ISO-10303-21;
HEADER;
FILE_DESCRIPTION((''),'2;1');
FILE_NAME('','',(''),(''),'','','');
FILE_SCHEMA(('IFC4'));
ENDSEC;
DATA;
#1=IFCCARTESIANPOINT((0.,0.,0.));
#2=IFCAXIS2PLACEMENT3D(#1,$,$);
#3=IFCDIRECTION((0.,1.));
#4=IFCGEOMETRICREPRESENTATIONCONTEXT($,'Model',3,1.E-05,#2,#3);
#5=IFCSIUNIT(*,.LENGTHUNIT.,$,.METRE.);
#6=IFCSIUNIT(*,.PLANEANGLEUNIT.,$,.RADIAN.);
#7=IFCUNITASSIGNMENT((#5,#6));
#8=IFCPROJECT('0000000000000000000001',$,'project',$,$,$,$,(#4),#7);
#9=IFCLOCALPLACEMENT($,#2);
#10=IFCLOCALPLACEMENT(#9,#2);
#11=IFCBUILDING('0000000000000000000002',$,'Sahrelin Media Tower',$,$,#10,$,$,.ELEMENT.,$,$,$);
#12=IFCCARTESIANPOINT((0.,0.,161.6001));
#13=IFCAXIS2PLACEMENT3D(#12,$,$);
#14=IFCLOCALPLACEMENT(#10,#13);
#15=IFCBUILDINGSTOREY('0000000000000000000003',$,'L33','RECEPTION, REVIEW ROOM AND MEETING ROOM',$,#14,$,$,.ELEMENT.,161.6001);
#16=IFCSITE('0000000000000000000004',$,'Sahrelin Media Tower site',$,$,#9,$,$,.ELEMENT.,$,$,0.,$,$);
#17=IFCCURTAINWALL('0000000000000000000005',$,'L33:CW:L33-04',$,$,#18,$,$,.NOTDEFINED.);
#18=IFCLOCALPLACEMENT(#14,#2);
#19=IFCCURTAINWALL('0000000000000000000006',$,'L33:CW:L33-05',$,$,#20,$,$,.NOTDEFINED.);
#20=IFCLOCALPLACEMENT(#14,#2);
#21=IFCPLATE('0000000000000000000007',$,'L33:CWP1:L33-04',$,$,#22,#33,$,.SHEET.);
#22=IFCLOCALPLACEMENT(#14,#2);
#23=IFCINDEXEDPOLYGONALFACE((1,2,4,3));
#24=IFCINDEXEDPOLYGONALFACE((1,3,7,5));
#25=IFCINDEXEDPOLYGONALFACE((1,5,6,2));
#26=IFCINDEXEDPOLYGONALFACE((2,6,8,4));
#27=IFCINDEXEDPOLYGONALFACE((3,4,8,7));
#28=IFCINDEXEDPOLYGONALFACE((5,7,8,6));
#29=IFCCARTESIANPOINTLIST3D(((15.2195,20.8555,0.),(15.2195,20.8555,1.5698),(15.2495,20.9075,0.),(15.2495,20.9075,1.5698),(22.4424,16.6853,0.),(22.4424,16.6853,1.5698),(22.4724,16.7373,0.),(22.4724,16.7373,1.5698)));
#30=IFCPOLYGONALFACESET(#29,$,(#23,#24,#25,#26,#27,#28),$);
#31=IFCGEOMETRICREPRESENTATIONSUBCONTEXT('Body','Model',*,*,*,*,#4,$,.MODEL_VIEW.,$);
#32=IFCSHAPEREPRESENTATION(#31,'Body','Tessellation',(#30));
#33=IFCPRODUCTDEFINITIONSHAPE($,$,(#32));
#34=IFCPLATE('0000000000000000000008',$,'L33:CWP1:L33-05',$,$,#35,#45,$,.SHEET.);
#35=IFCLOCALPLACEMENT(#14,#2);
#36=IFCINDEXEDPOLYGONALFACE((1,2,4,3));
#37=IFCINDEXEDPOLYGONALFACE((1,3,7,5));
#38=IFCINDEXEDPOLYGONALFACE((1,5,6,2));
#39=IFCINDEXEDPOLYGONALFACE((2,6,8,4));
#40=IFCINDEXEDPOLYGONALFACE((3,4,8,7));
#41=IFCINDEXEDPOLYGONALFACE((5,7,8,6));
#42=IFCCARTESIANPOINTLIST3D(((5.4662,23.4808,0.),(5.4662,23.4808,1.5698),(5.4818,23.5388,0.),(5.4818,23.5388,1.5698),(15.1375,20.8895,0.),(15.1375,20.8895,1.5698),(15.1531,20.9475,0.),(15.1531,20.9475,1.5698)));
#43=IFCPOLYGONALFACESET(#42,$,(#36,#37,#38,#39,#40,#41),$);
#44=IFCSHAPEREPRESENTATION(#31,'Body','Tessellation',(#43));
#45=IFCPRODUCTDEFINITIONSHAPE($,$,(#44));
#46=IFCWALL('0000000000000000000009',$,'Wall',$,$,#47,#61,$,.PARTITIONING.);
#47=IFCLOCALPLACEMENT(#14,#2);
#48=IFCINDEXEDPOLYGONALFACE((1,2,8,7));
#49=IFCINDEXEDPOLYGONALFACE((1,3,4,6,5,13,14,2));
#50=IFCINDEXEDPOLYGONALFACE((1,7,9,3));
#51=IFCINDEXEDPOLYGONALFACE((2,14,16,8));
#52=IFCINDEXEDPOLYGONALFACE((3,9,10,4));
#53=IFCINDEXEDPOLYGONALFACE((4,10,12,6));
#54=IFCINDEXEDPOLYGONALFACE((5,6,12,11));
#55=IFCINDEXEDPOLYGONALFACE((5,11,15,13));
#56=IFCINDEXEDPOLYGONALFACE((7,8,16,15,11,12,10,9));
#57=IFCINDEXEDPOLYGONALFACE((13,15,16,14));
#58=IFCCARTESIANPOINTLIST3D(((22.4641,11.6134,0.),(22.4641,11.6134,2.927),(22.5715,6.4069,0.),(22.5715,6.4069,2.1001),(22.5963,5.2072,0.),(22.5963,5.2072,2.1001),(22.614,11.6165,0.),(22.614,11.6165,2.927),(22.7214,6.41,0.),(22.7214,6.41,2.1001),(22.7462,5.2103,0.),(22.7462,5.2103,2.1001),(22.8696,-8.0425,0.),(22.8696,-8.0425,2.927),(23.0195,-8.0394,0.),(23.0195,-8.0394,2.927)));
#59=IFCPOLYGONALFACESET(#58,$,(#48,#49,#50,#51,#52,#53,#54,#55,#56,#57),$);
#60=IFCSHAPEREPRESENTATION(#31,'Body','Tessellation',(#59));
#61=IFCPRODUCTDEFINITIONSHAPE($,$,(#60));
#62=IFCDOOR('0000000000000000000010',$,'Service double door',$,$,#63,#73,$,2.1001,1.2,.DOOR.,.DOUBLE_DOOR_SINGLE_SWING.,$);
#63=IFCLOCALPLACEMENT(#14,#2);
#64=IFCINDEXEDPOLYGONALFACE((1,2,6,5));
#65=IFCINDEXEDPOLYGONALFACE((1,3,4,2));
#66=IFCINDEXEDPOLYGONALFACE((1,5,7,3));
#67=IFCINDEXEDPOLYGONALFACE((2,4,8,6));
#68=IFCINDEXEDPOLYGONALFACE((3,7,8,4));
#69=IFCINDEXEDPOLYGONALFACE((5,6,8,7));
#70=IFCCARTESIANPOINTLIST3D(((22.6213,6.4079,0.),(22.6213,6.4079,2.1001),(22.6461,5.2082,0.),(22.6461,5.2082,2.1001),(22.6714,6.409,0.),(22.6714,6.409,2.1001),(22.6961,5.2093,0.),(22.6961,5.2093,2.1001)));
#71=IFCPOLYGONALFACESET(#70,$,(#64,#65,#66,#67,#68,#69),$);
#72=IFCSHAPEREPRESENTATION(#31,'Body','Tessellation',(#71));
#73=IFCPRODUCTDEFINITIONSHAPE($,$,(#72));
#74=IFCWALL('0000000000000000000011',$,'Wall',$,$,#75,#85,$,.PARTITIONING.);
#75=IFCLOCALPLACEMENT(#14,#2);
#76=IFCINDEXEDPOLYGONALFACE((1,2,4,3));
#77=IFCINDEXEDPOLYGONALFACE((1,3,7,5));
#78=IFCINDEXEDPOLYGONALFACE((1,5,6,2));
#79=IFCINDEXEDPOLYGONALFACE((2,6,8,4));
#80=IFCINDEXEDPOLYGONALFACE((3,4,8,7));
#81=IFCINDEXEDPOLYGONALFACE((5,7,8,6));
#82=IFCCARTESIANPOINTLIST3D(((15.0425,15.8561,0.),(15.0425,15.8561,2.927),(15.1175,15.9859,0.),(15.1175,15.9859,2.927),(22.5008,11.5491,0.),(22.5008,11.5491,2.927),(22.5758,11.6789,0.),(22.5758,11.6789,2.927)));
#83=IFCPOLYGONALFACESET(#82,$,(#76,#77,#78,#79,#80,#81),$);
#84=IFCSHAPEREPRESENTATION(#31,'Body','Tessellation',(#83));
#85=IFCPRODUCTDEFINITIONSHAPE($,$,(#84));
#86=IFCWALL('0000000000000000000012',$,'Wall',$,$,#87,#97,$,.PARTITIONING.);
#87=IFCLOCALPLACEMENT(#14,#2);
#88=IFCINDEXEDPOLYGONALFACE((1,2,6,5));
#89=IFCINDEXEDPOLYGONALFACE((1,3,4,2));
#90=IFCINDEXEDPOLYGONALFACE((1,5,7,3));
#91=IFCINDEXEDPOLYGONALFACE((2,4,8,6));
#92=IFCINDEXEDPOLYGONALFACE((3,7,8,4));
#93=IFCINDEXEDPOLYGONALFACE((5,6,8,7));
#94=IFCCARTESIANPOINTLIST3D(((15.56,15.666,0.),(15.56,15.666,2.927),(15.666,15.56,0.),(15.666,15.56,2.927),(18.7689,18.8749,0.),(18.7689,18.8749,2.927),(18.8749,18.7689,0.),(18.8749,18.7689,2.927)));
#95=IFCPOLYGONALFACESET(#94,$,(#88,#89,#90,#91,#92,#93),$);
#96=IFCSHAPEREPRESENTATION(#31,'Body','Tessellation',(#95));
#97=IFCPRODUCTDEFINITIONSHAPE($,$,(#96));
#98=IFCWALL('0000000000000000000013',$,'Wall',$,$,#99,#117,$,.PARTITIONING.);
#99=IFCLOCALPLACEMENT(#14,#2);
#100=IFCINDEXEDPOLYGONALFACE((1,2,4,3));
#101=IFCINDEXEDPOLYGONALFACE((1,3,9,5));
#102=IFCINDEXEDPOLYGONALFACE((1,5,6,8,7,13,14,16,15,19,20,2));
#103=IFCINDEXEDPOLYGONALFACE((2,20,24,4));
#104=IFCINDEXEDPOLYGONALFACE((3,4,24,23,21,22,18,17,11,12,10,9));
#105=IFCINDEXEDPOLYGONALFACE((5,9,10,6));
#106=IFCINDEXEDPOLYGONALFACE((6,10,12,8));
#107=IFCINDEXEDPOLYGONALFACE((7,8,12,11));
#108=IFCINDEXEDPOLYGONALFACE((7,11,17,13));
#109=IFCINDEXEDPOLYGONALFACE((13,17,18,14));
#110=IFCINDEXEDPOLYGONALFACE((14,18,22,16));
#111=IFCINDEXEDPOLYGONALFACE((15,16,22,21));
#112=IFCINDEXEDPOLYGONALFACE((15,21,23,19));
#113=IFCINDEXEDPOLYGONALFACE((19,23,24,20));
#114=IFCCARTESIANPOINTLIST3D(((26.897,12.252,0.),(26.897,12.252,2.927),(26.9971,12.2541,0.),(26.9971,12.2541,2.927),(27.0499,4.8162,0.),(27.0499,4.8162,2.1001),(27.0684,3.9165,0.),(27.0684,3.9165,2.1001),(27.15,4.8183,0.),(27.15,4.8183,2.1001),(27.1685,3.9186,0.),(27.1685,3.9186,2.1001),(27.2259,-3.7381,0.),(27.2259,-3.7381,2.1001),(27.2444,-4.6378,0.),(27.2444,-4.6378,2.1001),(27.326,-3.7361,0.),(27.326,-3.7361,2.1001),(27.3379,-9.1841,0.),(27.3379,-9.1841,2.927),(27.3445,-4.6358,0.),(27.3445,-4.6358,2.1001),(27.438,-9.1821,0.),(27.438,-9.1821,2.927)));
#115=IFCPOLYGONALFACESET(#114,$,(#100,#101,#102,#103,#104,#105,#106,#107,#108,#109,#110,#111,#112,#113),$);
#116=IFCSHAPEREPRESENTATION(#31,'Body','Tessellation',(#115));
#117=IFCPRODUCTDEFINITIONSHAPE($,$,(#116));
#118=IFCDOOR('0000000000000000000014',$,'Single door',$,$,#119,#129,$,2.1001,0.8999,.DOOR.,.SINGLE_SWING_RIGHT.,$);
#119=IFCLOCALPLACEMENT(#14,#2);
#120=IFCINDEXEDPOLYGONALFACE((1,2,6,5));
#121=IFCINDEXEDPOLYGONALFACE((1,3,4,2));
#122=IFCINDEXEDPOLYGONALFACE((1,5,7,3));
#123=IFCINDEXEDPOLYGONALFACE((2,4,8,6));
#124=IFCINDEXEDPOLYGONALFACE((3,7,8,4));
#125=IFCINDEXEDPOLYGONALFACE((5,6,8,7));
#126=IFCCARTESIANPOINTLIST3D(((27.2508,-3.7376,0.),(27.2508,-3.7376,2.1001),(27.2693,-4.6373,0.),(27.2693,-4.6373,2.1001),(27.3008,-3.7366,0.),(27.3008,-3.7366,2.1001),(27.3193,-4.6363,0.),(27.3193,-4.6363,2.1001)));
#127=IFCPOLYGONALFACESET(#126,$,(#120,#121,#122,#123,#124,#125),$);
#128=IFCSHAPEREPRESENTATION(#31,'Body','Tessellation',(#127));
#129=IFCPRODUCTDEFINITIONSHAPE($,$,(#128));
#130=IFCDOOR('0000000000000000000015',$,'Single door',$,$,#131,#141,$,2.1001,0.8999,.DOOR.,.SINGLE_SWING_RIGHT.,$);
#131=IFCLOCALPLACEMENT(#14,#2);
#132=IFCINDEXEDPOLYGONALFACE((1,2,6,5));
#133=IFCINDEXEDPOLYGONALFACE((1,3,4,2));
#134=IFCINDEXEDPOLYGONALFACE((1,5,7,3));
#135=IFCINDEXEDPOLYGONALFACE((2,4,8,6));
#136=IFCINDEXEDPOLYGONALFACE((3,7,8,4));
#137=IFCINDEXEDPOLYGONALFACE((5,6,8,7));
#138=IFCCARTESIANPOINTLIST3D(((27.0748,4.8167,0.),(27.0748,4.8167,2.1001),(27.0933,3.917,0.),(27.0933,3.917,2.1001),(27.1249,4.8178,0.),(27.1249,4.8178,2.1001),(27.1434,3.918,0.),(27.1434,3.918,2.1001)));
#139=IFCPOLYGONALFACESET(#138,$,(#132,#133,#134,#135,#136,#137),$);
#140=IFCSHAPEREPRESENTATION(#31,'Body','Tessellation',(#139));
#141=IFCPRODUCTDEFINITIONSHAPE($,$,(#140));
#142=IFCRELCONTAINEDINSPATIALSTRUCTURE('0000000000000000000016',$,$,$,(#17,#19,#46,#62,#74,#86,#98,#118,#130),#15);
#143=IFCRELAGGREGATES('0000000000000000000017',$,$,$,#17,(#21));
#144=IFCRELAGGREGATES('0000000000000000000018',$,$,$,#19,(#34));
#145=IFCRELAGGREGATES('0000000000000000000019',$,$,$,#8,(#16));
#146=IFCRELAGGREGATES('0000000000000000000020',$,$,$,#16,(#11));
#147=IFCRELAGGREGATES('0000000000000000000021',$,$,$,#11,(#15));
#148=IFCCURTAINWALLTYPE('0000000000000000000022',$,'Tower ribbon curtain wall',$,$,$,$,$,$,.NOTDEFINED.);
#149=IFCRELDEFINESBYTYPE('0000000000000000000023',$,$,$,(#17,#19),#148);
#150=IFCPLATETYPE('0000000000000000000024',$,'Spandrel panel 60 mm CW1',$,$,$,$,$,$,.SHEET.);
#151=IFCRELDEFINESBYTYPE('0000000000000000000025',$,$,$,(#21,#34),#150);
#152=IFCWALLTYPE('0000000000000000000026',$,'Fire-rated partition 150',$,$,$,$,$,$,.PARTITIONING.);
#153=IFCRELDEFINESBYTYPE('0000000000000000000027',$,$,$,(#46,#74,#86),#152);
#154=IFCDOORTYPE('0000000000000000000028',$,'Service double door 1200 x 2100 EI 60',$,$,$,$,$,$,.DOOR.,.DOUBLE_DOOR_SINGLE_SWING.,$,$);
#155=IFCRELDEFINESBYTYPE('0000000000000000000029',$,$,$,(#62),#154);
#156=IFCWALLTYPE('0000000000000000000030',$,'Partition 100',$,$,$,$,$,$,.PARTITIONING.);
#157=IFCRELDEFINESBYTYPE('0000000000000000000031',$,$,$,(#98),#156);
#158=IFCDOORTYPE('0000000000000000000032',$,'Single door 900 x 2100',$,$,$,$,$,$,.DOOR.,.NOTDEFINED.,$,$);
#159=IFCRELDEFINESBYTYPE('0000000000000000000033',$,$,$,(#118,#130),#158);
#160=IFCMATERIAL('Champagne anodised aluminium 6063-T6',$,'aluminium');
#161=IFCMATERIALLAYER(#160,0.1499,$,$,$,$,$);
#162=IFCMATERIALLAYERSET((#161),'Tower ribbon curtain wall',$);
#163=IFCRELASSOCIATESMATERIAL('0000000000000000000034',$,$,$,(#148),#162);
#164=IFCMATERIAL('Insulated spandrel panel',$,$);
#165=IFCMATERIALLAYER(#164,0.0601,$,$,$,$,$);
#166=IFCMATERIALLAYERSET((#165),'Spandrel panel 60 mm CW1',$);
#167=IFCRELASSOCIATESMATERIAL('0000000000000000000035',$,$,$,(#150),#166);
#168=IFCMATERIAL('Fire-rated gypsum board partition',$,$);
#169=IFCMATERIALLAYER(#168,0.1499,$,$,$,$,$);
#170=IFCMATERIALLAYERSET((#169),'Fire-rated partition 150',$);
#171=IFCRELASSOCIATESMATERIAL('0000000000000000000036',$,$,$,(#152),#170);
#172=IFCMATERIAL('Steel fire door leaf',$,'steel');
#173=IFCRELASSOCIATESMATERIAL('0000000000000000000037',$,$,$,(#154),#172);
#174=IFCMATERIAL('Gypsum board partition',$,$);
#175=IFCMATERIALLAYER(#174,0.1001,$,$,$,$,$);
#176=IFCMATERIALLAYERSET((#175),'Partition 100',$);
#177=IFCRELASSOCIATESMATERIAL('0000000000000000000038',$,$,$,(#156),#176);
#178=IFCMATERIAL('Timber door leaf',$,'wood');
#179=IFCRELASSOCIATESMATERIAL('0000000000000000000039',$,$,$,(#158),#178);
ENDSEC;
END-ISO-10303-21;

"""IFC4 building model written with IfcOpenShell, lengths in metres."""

from ifc_helpers import new_model, si_unit, direction, frame, frame_2d, origin, place, context, subcontext, project, spatial, polyline, rectangle, outline, extrude, material, layer, layer_set, type_object, element, fill, aggregate, save


model = new_model("IFC4")

# Units and contexts
model_context = context("Model", 3, precision=1e-05, world=origin(), true_north=direction((0.0, 1.0)))
body_context = subcontext(model_context, "Body", "Model", "MODEL_VIEW")
ifc_project = project(units=[si_unit("LENGTHUNIT", "METRE"), si_unit("PLANEANGLEUNIT", "RADIAN")], contexts=[model_context])

# Site, building, storey
site_placement = place(None, origin())
site = spatial("IfcSite", under=ifc_project, at=site_placement, Name="Sahrelin Media Tower site", CompositionType="ELEMENT", RefElevation=0.0)
building_placement = place(site_placement, origin())
building = spatial("IfcBuilding", under=site, at=building_placement, Name="Sahrelin Media Tower", CompositionType="ELEMENT")
storey_placement = place(building_placement, frame((0.0, 0.0, 161.6001)))
storey = spatial("IfcBuildingStorey", under=building, at=storey_placement, Name="L33", Description="RECEPTION, REVIEW ROOM AND MEETING ROOM", CompositionType="ELEMENT", Elevation=161.6001)

# Curtain wall
ifc_material_1 = material(Name="Champagne anodised aluminium 6063-T6", Category="aluminium")
ifc_layer_1 = layer(ifc_material_1, 0.1499)
ifc_layer_set_1 = layer_set([ifc_layer_1], Name="Tower ribbon curtain wall")
curtain_wall_type = type_object("IfcCurtainWallType", Name="Tower ribbon curtain wall", PredefinedType="NOTDEFINED", material=ifc_layer_set_1)
curtain_wall_1_placement = place(storey_placement, frame((18.8511, 18.8049, 0.0), z_axis=(0.0, 0.0, 1.0), x_axis=(1.0, 0.0, 0.0)))
curtain_wall_1 = element("IfcCurtainWall", 1, at=curtain_wall_1_placement, inside=storey, type_object=curtain_wall_type, Name="L33:CW:L33-04", PredefinedType="NOTDEFINED")

# Curtain wall
curtain_wall_2_placement = place(storey_placement, frame((10.3123, 22.2236, 0.0), z_axis=(0.0, 0.0, 1.0), x_axis=(1.0, 0.0, 0.0)))
curtain_wall_2 = element("IfcCurtainWall", 2, at=curtain_wall_2_placement, inside=storey, type_object=curtain_wall_type, Name="L33:CW:L33-05", PredefinedType="NOTDEFINED")

# Plates
ifc_material_2 = material(Name="Insulated spandrel panel")
ifc_layer_2 = layer(ifc_material_2, 0.0601)
ifc_layer_set_2 = layer_set([ifc_layer_2], Name="Spandrel panel 60 mm CW1")
plate_type_1 = type_object("IfcPlateType", Name="Spandrel panel 60 mm CW1", PredefinedType="SHEET", material=ifc_layer_set_2)
plate_1_placement = place(storey_placement, frame((22.4724, 16.7373, 0.0), z_axis=(0.500002, 0.866024, 0.0), x_axis=(-0.866024, 0.500002, 0.0)))
plate_1 = element("IfcPlate", 3, at=plate_1_placement, type_object=plate_type_1, Name="L33:CWP1:L33-04", PredefinedType="SHEET", context=body_context, shape_type="SweptSolid", body=[
    extrude(outline(polyline([(0.0, 0.0), (8.3403, 0.0), (8.3403, 1.5698), (0.0, 1.5698), (0.0, 0.0)])), origin(), (0.0, 0.0, -1.0), 0.0601),
])
aggregate(curtain_wall_1, [plate_1])
plate_2_placement = place(storey_placement, frame((15.1531, 20.9475, 0.0), z_axis=(0.258807, 0.965929, 0.0), x_axis=(-0.965929, 0.258807, 0.0)))
plate_2 = element("IfcPlate", 4, at=plate_2_placement, type_object=plate_type_1, Name="L33:CWP1:L33-05", PredefinedType="SHEET", context=body_context, shape_type="SweptSolid", body=[
    extrude(outline(polyline([(0.0, 0.0), (10.0125, 0.0), (10.0125, 1.5698), (0.0, 1.5698), (0.0, 0.0)])), origin(), (0.0, 0.0, -1.0), 0.0601),
])
aggregate(curtain_wall_2, [plate_2])

# Wall, opening, door
ifc_material_3 = material(Name="Fire-rated gypsum board partition")
ifc_layer_3 = layer(ifc_material_3, 0.1499)
ifc_layer_set_3 = layer_set([ifc_layer_3], Name="Fire-rated partition 150")
wall_type_1 = type_object("IfcWallType", Name="Fire-rated partition 150", PredefinedType="PARTITIONING", material=ifc_layer_set_3)
wall_1_placement = place(storey_placement, frame((22.5391, 11.615, 0.0), z_axis=(0.0, 0.0, 1.0), x_axis=(0.020626, -0.999787, 0.0)))
wall_1 = element("IfcWall", 5, at=wall_1_placement, inside=storey, type_object=wall_type_1, Name="Wall", PredefinedType="PARTITIONING", context=body_context, shape_type="SweptSolid", body=[
    extrude(rectangle(XDim=19.6602, YDim=0.1499, at=frame_2d((9.8301, 0.0))), origin(), (0.0, 0.0, 1.0), 2.927),
])
opening_1_placement = place(wall_1_placement, frame((5.2075, 0.0, 0.0)))
opening_1 = element("IfcOpeningElement", 6, at=opening_1_placement, cuts=wall_1, PredefinedType="OPENING", context=body_context, shape_type="SweptSolid", body=[
    extrude(rectangle(XDim=1.2, YDim=2.1001, at=frame_2d((0.6001, 1.05))), frame((0.0, 0.075, 0.0), z_axis=(0.0, -1.0, 0.0), x_axis=(1.0, 0.0, 0.0)), (0.0, 0.0, 1.0), 0.1499),
])
ifc_material_4 = material(Name="Steel fire door leaf", Category="steel")
door_type_1 = type_object("IfcDoorType", Name="Service double door 1200 x 2100 EI 60", OperationType="DOUBLE_DOOR_SINGLE_SWING", PredefinedType="DOOR", material=ifc_material_4)
door_1_placement = place(opening_1_placement, origin())
door_1 = element("IfcDoor", 7, at=door_1_placement, inside=storey, type_object=door_type_1, Name="Service double door", OperationType="DOUBLE_DOOR_SINGLE_SWING", OverallHeight=2.1001, OverallWidth=1.2, PredefinedType="DOOR", context=body_context, shape_type="SweptSolid", body=[
    extrude(rectangle(XDim=1.2, YDim=2.1001, at=frame_2d((0.6001, 1.05))), frame((0.0, 0.0249, 0.0), z_axis=(0.0, -1.0, 0.0), x_axis=(1.0, 0.0, 0.0)), (0.0, 0.0, 1.0), 0.05),
])
fill(opening_1, door_1)

# Walls
wall_2_placement = place(storey_placement, frame((15.0801, 15.9209, 0.0), z_axis=(0.0, 0.0, 1.0), x_axis=(0.865982, -0.500075, 0.0)))
element("IfcWall", 8, at=wall_2_placement, inside=storey, type_object=wall_type_1, Name="Wall", PredefinedType="PARTITIONING", context=body_context, shape_type="SweptSolid", body=[
    extrude(rectangle(XDim=8.6125, YDim=0.1499, at=frame_2d((4.3062, 0.0))), origin(), (0.0, 0.0, 1.0), 2.927),
])
wall_3_placement = place(storey_placement, frame((15.613, 15.613, 0.0), z_axis=(0.0, 0.0, 1.0), x_axis=(0.707107, 0.707107, 0.0)))
element("IfcWall", 9, at=wall_3_placement, inside=storey, type_object=wall_type_1, Name="Wall", PredefinedType="PARTITIONING", context=body_context, shape_type="SweptSolid", body=[
    extrude(rectangle(XDim=4.5381, YDim=0.1499, at=frame_2d((2.269, 0.0))), origin(), (0.0, 0.0, 1.0), 2.927),
])

# Wall, openings, doors
ifc_material_5 = material(Name="Gypsum board partition")
ifc_layer_4 = layer(ifc_material_5, 0.1001)
ifc_layer_set_4 = layer_set([ifc_layer_4], Name="Partition 100")
wall_type_2 = type_object("IfcWallType", Name="Partition 100", PredefinedType="PARTITIONING", material=ifc_layer_set_4)
wall_4_placement = place(storey_placement, frame((26.947, 12.2529, 0.0), z_axis=(0.0, 0.0, 1.0), x_axis=(0.020565, -0.999789, 0.0)))
wall_4 = element("IfcWall", 10, at=wall_4_placement, inside=storey, type_object=wall_type_2, Name="Wall", PredefinedType="PARTITIONING", context=body_context, shape_type="SweptSolid", body=[
    extrude(rectangle(XDim=21.4407, YDim=0.1001, at=frame_2d((10.7202, 0.0))), origin(), (0.0, 0.0, 1.0), 2.927),
])
opening_2_placement = place(wall_4_placement, frame((15.9934, 0.0, 0.0)))
opening_2 = element("IfcOpeningElement", 11, at=opening_2_placement, cuts=wall_4, PredefinedType="OPENING", context=body_context, shape_type="SweptSolid", body=[
    extrude(rectangle(XDim=0.8999, YDim=2.1001, at=frame_2d((0.45, 1.05))), frame((0.0, 0.05, 0.0), z_axis=(0.0, -1.0, 0.0), x_axis=(1.0, 0.0, 0.0)), (0.0, 0.0, 1.0), 0.1001),
])
opening_3_placement = place(wall_4_placement, frame((7.4373, 0.0, 0.0)))
opening_3 = element("IfcOpeningElement", 12, at=opening_3_placement, cuts=wall_4, PredefinedType="OPENING", context=body_context, shape_type="SweptSolid", body=[
    extrude(rectangle(XDim=0.8999, YDim=2.1001, at=frame_2d((0.45, 1.05))), frame((0.0, 0.05, 0.0), z_axis=(0.0, -1.0, 0.0), x_axis=(1.0, 0.0, 0.0)), (0.0, 0.0, 1.0), 0.1001),
])
ifc_material_6 = material(Name="Timber door leaf", Category="wood")
door_type_2 = type_object("IfcDoorType", Name="Single door 900 x 2100", OperationType="NOTDEFINED", PredefinedType="DOOR", material=ifc_material_6)
door_2_placement = place(opening_2_placement, origin())
door_2 = element("IfcDoor", 13, at=door_2_placement, inside=storey, type_object=door_type_2, Name="Single door", OperationType="SINGLE_SWING_RIGHT", OverallHeight=2.1001, OverallWidth=0.8999, PredefinedType="DOOR", context=body_context, shape_type="SweptSolid", body=[
    extrude(rectangle(XDim=0.8999, YDim=2.1001, at=frame_2d((0.45, 1.05))), frame((0.0, 0.0249, 0.0), z_axis=(0.0, -1.0, 0.0), x_axis=(1.0, 0.0, 0.0)), (0.0, 0.0, 1.0), 0.05),
])
fill(opening_2, door_2)
door_3_placement = place(opening_3_placement, origin())
door_3 = element("IfcDoor", 14, at=door_3_placement, inside=storey, type_object=door_type_2, Name="Single door", OperationType="SINGLE_SWING_RIGHT", OverallHeight=2.1001, OverallWidth=0.8999, PredefinedType="DOOR", context=body_context, shape_type="SweptSolid", body=[
    extrude(rectangle(XDim=0.8999, YDim=2.1001, at=frame_2d((0.45, 1.05))), frame((0.0, 0.0249, 0.0), z_axis=(0.0, -1.0, 0.0), x_axis=(1.0, 0.0, 0.0)), (0.0, 0.0, 1.0), 0.05),
])
fill(opening_3, door_3)

save(model, "model.ifc")
